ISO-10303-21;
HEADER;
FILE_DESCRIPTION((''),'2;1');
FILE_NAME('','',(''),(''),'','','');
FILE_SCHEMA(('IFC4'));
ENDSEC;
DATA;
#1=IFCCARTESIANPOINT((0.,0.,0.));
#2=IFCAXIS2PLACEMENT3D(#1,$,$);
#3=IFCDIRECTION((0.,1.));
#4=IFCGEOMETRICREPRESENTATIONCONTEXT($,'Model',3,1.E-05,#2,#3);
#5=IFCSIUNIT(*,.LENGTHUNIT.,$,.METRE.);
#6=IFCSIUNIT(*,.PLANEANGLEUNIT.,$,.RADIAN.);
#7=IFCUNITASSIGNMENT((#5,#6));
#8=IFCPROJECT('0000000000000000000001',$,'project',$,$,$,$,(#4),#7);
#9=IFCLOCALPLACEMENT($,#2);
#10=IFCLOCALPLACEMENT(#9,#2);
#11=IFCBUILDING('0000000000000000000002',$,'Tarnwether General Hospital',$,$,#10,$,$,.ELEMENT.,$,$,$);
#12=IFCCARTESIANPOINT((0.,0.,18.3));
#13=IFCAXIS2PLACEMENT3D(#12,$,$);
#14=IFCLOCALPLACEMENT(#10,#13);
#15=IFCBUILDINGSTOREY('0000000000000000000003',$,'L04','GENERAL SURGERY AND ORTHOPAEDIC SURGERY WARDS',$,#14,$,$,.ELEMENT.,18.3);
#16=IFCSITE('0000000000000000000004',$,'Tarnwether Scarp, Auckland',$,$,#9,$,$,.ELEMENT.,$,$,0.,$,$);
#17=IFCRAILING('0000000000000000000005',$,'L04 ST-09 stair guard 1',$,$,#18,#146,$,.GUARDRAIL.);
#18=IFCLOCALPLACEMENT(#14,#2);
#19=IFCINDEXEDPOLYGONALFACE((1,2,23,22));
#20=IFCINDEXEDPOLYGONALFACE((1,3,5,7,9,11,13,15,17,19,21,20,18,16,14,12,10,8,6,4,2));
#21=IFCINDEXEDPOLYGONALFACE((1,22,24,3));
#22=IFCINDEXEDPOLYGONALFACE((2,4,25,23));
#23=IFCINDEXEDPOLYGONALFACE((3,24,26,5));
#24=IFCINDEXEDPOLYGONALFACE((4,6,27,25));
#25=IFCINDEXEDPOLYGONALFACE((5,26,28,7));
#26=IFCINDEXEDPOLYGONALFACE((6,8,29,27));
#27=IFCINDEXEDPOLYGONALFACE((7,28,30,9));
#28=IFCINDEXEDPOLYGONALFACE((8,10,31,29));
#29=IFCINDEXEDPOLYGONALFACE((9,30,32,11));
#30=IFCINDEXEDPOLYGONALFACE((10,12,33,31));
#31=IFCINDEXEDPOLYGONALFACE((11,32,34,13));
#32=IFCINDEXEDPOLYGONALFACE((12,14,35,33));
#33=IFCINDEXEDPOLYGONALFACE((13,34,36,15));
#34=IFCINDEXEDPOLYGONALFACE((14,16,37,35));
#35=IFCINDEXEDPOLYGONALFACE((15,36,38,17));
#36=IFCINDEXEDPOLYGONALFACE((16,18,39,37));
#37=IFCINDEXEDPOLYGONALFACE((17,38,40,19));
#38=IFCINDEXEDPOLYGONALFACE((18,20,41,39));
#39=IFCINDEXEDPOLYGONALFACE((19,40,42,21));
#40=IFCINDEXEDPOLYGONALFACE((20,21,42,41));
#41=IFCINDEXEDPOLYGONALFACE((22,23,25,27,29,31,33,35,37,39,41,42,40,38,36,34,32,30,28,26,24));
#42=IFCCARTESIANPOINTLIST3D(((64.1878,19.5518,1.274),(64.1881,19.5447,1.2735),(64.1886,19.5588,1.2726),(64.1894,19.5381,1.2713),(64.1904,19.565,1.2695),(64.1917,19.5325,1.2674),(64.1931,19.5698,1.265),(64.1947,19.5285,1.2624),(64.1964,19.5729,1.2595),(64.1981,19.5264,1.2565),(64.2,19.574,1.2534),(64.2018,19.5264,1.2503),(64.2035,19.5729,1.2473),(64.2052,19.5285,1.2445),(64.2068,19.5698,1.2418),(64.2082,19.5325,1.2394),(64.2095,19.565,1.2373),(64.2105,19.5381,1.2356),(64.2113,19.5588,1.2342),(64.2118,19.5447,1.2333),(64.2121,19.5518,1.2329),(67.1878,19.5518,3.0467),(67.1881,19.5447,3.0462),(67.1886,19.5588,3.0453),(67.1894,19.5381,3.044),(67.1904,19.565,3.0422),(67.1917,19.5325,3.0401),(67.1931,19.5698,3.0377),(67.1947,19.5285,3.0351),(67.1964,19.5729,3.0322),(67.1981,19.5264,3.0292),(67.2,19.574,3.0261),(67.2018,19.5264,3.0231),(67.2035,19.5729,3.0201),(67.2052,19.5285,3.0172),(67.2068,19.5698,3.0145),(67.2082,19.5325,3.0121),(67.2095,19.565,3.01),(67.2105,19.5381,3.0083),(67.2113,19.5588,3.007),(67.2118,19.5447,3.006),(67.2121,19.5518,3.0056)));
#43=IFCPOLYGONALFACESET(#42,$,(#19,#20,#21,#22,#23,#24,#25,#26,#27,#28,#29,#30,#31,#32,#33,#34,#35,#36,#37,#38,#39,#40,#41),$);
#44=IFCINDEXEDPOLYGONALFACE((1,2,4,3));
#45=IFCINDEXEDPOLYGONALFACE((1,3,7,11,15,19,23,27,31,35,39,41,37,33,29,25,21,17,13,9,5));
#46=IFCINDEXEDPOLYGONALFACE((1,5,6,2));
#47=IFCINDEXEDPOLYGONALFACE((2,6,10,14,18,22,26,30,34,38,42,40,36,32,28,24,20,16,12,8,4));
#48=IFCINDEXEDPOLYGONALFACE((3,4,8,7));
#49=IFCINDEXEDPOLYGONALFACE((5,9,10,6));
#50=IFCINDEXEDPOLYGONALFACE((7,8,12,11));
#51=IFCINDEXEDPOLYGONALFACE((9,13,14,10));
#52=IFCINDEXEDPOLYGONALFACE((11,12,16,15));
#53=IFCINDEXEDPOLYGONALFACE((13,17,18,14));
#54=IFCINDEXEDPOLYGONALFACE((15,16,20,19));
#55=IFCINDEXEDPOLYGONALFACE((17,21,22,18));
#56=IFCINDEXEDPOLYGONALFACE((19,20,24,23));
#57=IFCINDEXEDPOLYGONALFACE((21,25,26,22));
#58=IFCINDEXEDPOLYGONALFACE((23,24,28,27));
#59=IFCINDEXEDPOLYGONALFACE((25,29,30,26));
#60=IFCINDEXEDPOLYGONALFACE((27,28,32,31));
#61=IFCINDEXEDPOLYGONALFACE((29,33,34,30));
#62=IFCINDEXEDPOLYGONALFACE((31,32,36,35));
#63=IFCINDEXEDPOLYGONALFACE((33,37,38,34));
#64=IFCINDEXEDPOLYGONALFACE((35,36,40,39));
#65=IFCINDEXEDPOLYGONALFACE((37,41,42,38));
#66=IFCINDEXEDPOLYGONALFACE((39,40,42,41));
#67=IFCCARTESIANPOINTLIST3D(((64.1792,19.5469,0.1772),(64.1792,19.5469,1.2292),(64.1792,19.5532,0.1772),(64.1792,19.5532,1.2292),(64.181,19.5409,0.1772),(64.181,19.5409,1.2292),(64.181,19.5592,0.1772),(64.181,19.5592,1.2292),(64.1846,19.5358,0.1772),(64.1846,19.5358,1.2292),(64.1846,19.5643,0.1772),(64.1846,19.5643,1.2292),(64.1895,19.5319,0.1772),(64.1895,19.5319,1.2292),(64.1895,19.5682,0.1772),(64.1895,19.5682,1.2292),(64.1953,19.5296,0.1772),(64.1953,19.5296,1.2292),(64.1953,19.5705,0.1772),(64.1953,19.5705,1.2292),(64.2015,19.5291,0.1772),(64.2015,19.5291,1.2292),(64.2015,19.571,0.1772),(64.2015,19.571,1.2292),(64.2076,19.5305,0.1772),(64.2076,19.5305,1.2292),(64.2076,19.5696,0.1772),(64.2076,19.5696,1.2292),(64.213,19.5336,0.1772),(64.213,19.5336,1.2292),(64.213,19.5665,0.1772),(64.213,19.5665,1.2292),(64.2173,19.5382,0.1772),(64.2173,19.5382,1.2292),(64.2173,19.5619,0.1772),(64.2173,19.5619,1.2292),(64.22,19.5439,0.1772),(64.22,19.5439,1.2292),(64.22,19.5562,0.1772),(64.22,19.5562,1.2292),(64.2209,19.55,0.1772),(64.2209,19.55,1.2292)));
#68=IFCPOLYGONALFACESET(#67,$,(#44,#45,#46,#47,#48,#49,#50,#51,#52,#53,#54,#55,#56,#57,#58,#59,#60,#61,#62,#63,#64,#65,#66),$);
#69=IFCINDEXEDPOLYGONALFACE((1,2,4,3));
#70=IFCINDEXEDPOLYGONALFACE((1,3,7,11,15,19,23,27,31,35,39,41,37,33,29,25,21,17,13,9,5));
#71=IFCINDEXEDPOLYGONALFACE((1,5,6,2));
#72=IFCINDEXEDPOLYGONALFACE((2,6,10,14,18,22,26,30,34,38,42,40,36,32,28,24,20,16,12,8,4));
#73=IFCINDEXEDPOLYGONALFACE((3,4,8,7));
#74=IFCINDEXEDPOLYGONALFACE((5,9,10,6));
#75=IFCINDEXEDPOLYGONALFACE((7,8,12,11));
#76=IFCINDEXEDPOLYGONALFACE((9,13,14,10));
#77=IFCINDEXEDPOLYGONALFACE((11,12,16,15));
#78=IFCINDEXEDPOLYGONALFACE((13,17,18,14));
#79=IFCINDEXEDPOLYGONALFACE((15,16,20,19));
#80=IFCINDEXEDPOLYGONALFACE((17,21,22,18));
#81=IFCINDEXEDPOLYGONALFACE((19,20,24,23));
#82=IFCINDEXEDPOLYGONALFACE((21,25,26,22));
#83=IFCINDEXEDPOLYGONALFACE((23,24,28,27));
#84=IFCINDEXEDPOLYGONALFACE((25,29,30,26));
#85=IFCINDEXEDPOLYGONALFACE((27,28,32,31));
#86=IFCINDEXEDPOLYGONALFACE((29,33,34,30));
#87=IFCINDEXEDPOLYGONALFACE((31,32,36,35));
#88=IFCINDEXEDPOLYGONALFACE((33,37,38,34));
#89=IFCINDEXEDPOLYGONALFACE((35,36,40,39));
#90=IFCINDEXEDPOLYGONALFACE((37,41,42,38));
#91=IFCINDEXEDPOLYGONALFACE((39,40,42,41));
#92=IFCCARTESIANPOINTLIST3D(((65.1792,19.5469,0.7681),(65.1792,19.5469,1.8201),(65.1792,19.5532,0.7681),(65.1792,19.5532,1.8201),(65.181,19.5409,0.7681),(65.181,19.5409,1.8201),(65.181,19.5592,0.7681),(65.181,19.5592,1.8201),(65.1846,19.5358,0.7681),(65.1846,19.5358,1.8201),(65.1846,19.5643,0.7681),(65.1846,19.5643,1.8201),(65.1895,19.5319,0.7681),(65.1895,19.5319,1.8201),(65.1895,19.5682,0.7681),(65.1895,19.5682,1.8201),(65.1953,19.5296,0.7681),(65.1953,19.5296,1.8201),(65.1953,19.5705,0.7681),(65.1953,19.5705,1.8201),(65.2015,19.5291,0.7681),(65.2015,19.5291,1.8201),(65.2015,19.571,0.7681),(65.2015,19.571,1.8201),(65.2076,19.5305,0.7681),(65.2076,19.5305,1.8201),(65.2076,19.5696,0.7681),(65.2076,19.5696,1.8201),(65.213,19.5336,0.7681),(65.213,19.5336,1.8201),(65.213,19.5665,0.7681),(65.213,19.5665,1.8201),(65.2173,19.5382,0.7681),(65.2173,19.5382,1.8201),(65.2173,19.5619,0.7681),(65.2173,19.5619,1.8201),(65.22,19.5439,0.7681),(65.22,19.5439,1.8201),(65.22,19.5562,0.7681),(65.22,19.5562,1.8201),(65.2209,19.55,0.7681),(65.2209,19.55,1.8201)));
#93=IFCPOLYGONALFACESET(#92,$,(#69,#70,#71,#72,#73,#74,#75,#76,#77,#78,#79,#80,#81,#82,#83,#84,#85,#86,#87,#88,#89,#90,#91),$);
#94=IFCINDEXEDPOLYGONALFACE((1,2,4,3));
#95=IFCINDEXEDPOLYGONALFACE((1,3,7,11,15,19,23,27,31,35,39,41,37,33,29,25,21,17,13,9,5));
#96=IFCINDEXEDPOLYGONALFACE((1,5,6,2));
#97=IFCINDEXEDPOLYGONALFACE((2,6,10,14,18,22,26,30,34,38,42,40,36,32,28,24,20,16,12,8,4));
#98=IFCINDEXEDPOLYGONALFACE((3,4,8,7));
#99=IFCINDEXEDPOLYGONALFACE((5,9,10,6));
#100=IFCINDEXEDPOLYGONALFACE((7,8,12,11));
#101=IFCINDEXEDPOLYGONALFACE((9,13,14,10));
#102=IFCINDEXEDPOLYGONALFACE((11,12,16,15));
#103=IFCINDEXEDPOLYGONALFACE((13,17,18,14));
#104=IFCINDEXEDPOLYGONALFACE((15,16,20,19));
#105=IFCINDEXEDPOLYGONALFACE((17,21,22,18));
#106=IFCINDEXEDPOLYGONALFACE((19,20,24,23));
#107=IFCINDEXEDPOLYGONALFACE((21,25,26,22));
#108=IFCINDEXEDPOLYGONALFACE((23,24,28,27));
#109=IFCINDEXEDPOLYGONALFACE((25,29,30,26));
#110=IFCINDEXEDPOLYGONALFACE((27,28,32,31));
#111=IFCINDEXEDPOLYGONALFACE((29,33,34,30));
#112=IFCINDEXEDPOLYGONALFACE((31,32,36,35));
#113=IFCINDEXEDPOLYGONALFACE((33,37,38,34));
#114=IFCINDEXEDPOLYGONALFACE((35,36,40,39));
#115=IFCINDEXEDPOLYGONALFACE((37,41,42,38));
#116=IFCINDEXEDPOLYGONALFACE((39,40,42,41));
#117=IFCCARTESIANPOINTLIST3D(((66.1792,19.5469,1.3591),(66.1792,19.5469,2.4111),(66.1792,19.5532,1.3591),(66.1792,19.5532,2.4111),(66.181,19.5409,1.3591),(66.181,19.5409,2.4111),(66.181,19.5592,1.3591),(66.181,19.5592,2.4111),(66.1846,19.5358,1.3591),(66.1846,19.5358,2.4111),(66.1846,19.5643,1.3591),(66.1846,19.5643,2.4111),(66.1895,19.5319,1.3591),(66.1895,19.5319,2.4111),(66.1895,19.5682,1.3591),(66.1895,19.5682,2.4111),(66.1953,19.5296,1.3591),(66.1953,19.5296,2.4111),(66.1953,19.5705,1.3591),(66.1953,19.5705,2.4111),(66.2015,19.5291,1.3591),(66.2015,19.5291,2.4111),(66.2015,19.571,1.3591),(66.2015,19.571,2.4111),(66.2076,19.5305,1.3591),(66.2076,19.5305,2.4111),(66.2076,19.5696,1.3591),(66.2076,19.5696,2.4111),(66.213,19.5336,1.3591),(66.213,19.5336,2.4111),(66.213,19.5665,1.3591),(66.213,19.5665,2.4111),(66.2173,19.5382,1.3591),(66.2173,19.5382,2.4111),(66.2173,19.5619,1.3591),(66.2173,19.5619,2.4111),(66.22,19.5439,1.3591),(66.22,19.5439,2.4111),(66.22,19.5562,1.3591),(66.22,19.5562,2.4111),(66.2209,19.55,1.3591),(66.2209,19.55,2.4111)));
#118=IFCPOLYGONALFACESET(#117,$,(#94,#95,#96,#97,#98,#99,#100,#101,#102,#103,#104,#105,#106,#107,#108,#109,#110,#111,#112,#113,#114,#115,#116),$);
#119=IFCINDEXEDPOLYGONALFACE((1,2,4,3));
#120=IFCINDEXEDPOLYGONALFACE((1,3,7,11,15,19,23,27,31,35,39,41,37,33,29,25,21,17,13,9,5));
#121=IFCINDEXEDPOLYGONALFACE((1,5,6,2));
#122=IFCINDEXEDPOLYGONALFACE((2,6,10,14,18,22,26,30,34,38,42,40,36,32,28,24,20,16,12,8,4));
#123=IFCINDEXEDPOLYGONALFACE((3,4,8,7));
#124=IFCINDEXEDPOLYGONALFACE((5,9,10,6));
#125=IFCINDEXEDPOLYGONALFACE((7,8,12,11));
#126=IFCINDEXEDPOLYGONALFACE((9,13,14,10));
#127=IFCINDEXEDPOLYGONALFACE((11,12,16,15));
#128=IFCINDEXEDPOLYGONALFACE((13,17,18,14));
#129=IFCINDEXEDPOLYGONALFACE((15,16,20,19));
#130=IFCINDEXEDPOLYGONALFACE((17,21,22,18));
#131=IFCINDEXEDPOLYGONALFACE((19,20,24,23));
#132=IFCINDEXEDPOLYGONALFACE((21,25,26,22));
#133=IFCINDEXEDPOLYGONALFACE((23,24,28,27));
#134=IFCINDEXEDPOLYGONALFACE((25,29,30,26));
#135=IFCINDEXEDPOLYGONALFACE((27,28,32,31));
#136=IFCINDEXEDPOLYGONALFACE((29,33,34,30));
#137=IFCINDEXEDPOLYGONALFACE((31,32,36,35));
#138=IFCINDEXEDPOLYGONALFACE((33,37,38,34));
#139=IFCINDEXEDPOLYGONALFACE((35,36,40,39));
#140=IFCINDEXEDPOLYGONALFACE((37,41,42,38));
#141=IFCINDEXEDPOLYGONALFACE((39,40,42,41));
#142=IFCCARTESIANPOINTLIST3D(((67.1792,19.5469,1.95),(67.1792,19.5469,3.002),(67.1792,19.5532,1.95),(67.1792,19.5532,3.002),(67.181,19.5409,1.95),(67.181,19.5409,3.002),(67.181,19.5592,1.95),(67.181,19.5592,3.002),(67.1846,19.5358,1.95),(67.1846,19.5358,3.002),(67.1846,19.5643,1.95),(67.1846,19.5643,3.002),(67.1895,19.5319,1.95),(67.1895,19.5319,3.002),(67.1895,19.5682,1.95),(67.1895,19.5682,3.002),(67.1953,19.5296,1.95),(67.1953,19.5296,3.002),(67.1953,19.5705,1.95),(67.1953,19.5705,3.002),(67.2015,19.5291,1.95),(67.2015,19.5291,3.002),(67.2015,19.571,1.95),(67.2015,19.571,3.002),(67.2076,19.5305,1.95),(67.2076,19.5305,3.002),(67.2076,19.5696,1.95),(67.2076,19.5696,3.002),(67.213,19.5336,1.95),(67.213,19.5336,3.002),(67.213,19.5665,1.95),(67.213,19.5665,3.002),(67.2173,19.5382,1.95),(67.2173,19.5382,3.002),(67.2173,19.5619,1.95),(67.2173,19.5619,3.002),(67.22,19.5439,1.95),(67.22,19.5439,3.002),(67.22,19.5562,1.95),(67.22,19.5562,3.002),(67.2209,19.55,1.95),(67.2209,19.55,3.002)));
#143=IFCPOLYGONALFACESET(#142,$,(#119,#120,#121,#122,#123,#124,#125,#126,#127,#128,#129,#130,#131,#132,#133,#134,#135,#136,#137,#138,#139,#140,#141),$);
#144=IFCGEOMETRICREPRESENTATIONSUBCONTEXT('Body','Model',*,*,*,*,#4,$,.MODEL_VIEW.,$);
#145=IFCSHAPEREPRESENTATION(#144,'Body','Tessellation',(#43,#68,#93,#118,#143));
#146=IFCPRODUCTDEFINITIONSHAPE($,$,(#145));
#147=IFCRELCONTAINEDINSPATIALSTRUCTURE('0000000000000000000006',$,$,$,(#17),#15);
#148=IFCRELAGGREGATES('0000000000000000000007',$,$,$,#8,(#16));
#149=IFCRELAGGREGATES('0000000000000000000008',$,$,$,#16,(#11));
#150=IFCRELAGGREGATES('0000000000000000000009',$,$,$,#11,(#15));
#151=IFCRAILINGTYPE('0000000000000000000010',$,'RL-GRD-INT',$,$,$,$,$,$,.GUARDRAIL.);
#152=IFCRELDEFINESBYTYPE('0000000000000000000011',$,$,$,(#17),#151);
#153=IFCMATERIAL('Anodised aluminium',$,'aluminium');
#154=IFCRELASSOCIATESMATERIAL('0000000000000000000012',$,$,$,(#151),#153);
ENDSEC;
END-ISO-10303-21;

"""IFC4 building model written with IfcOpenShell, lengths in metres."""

from ifc_helpers import new_model, si_unit, direction, frame, origin, origin_2d, place, context, subcontext, project, spatial, circle, extrude, material, type_object, element, save


model = new_model("IFC4")

# Units and contexts
model_context = context("Model", 3, precision=1e-05, world=origin(), true_north=direction((0.0, 1.0)))
body_context = subcontext(model_context, "Body", "Model", "MODEL_VIEW")
ifc_project = project(units=[si_unit("LENGTHUNIT", "METRE"), si_unit("PLANEANGLEUNIT", "RADIAN")], contexts=[model_context])

# Site, building, storey
site_placement = place(None, origin())
site = spatial("IfcSite", under=ifc_project, at=site_placement, Name="Tarnwether Scarp, Auckland", CompositionType="ELEMENT", RefElevation=0.0)
building_placement = place(site_placement, origin())
building = spatial("IfcBuilding", under=site, at=building_placement, Name="Tarnwether General Hospital", CompositionType="ELEMENT")
storey_placement = place(building_placement, frame((0.0, 0.0, 18.3)))
storey = spatial("IfcBuildingStorey", under=building, at=storey_placement, Name="L04", Description="GENERAL SURGERY AND ORTHOPAEDIC SURGERY WARDS", CompositionType="ELEMENT", Elevation=18.3)

# Railing
ifc_material_1 = material(Name="Anodised aluminium", Category="aluminium")
railing_type_1 = type_object("IfcRailingType", Name="RL-GRD-INT", PredefinedType="GUARDRAIL", material=ifc_material_1)
railing_1_placement = place(storey_placement, frame((64.2, 19.55, 0.1772)))
element("IfcRailing", 1, at=railing_1_placement, inside=storey, type_object=railing_type_1, Name="L04 ST-09 stair guard 1", PredefinedType="GUARDRAIL", context=body_context, shape_type="SweptSolid", body=[
    extrude(circle(Radius=0.0239, at=origin_2d()), frame((0.0, 0.0, 1.0762), z_axis=(0.860929, 0.0, 0.508725), x_axis=(0.0, 1.0, 0.0)), (0.0, 0.0, 1.0), 3.4846),
    extrude(circle(Radius=0.021, at=origin_2d()), origin(), (0.0, 0.0, 1.0), 1.052),
    extrude(circle(Radius=0.021, at=origin_2d()), frame((1.0, 0.0, 0.5908)), (0.0, 0.0, 1.0), 1.052),
    extrude(circle(Radius=0.021, at=origin_2d()), frame((2.0, 0.0, 1.1819)), (0.0, 0.0, 1.0), 1.052),
    extrude(circle(Radius=0.021, at=origin_2d()), frame((3.0, 0.0, 1.7727)), (0.0, 0.0, 1.0), 1.052),
])

save(model, "model.ifc")
